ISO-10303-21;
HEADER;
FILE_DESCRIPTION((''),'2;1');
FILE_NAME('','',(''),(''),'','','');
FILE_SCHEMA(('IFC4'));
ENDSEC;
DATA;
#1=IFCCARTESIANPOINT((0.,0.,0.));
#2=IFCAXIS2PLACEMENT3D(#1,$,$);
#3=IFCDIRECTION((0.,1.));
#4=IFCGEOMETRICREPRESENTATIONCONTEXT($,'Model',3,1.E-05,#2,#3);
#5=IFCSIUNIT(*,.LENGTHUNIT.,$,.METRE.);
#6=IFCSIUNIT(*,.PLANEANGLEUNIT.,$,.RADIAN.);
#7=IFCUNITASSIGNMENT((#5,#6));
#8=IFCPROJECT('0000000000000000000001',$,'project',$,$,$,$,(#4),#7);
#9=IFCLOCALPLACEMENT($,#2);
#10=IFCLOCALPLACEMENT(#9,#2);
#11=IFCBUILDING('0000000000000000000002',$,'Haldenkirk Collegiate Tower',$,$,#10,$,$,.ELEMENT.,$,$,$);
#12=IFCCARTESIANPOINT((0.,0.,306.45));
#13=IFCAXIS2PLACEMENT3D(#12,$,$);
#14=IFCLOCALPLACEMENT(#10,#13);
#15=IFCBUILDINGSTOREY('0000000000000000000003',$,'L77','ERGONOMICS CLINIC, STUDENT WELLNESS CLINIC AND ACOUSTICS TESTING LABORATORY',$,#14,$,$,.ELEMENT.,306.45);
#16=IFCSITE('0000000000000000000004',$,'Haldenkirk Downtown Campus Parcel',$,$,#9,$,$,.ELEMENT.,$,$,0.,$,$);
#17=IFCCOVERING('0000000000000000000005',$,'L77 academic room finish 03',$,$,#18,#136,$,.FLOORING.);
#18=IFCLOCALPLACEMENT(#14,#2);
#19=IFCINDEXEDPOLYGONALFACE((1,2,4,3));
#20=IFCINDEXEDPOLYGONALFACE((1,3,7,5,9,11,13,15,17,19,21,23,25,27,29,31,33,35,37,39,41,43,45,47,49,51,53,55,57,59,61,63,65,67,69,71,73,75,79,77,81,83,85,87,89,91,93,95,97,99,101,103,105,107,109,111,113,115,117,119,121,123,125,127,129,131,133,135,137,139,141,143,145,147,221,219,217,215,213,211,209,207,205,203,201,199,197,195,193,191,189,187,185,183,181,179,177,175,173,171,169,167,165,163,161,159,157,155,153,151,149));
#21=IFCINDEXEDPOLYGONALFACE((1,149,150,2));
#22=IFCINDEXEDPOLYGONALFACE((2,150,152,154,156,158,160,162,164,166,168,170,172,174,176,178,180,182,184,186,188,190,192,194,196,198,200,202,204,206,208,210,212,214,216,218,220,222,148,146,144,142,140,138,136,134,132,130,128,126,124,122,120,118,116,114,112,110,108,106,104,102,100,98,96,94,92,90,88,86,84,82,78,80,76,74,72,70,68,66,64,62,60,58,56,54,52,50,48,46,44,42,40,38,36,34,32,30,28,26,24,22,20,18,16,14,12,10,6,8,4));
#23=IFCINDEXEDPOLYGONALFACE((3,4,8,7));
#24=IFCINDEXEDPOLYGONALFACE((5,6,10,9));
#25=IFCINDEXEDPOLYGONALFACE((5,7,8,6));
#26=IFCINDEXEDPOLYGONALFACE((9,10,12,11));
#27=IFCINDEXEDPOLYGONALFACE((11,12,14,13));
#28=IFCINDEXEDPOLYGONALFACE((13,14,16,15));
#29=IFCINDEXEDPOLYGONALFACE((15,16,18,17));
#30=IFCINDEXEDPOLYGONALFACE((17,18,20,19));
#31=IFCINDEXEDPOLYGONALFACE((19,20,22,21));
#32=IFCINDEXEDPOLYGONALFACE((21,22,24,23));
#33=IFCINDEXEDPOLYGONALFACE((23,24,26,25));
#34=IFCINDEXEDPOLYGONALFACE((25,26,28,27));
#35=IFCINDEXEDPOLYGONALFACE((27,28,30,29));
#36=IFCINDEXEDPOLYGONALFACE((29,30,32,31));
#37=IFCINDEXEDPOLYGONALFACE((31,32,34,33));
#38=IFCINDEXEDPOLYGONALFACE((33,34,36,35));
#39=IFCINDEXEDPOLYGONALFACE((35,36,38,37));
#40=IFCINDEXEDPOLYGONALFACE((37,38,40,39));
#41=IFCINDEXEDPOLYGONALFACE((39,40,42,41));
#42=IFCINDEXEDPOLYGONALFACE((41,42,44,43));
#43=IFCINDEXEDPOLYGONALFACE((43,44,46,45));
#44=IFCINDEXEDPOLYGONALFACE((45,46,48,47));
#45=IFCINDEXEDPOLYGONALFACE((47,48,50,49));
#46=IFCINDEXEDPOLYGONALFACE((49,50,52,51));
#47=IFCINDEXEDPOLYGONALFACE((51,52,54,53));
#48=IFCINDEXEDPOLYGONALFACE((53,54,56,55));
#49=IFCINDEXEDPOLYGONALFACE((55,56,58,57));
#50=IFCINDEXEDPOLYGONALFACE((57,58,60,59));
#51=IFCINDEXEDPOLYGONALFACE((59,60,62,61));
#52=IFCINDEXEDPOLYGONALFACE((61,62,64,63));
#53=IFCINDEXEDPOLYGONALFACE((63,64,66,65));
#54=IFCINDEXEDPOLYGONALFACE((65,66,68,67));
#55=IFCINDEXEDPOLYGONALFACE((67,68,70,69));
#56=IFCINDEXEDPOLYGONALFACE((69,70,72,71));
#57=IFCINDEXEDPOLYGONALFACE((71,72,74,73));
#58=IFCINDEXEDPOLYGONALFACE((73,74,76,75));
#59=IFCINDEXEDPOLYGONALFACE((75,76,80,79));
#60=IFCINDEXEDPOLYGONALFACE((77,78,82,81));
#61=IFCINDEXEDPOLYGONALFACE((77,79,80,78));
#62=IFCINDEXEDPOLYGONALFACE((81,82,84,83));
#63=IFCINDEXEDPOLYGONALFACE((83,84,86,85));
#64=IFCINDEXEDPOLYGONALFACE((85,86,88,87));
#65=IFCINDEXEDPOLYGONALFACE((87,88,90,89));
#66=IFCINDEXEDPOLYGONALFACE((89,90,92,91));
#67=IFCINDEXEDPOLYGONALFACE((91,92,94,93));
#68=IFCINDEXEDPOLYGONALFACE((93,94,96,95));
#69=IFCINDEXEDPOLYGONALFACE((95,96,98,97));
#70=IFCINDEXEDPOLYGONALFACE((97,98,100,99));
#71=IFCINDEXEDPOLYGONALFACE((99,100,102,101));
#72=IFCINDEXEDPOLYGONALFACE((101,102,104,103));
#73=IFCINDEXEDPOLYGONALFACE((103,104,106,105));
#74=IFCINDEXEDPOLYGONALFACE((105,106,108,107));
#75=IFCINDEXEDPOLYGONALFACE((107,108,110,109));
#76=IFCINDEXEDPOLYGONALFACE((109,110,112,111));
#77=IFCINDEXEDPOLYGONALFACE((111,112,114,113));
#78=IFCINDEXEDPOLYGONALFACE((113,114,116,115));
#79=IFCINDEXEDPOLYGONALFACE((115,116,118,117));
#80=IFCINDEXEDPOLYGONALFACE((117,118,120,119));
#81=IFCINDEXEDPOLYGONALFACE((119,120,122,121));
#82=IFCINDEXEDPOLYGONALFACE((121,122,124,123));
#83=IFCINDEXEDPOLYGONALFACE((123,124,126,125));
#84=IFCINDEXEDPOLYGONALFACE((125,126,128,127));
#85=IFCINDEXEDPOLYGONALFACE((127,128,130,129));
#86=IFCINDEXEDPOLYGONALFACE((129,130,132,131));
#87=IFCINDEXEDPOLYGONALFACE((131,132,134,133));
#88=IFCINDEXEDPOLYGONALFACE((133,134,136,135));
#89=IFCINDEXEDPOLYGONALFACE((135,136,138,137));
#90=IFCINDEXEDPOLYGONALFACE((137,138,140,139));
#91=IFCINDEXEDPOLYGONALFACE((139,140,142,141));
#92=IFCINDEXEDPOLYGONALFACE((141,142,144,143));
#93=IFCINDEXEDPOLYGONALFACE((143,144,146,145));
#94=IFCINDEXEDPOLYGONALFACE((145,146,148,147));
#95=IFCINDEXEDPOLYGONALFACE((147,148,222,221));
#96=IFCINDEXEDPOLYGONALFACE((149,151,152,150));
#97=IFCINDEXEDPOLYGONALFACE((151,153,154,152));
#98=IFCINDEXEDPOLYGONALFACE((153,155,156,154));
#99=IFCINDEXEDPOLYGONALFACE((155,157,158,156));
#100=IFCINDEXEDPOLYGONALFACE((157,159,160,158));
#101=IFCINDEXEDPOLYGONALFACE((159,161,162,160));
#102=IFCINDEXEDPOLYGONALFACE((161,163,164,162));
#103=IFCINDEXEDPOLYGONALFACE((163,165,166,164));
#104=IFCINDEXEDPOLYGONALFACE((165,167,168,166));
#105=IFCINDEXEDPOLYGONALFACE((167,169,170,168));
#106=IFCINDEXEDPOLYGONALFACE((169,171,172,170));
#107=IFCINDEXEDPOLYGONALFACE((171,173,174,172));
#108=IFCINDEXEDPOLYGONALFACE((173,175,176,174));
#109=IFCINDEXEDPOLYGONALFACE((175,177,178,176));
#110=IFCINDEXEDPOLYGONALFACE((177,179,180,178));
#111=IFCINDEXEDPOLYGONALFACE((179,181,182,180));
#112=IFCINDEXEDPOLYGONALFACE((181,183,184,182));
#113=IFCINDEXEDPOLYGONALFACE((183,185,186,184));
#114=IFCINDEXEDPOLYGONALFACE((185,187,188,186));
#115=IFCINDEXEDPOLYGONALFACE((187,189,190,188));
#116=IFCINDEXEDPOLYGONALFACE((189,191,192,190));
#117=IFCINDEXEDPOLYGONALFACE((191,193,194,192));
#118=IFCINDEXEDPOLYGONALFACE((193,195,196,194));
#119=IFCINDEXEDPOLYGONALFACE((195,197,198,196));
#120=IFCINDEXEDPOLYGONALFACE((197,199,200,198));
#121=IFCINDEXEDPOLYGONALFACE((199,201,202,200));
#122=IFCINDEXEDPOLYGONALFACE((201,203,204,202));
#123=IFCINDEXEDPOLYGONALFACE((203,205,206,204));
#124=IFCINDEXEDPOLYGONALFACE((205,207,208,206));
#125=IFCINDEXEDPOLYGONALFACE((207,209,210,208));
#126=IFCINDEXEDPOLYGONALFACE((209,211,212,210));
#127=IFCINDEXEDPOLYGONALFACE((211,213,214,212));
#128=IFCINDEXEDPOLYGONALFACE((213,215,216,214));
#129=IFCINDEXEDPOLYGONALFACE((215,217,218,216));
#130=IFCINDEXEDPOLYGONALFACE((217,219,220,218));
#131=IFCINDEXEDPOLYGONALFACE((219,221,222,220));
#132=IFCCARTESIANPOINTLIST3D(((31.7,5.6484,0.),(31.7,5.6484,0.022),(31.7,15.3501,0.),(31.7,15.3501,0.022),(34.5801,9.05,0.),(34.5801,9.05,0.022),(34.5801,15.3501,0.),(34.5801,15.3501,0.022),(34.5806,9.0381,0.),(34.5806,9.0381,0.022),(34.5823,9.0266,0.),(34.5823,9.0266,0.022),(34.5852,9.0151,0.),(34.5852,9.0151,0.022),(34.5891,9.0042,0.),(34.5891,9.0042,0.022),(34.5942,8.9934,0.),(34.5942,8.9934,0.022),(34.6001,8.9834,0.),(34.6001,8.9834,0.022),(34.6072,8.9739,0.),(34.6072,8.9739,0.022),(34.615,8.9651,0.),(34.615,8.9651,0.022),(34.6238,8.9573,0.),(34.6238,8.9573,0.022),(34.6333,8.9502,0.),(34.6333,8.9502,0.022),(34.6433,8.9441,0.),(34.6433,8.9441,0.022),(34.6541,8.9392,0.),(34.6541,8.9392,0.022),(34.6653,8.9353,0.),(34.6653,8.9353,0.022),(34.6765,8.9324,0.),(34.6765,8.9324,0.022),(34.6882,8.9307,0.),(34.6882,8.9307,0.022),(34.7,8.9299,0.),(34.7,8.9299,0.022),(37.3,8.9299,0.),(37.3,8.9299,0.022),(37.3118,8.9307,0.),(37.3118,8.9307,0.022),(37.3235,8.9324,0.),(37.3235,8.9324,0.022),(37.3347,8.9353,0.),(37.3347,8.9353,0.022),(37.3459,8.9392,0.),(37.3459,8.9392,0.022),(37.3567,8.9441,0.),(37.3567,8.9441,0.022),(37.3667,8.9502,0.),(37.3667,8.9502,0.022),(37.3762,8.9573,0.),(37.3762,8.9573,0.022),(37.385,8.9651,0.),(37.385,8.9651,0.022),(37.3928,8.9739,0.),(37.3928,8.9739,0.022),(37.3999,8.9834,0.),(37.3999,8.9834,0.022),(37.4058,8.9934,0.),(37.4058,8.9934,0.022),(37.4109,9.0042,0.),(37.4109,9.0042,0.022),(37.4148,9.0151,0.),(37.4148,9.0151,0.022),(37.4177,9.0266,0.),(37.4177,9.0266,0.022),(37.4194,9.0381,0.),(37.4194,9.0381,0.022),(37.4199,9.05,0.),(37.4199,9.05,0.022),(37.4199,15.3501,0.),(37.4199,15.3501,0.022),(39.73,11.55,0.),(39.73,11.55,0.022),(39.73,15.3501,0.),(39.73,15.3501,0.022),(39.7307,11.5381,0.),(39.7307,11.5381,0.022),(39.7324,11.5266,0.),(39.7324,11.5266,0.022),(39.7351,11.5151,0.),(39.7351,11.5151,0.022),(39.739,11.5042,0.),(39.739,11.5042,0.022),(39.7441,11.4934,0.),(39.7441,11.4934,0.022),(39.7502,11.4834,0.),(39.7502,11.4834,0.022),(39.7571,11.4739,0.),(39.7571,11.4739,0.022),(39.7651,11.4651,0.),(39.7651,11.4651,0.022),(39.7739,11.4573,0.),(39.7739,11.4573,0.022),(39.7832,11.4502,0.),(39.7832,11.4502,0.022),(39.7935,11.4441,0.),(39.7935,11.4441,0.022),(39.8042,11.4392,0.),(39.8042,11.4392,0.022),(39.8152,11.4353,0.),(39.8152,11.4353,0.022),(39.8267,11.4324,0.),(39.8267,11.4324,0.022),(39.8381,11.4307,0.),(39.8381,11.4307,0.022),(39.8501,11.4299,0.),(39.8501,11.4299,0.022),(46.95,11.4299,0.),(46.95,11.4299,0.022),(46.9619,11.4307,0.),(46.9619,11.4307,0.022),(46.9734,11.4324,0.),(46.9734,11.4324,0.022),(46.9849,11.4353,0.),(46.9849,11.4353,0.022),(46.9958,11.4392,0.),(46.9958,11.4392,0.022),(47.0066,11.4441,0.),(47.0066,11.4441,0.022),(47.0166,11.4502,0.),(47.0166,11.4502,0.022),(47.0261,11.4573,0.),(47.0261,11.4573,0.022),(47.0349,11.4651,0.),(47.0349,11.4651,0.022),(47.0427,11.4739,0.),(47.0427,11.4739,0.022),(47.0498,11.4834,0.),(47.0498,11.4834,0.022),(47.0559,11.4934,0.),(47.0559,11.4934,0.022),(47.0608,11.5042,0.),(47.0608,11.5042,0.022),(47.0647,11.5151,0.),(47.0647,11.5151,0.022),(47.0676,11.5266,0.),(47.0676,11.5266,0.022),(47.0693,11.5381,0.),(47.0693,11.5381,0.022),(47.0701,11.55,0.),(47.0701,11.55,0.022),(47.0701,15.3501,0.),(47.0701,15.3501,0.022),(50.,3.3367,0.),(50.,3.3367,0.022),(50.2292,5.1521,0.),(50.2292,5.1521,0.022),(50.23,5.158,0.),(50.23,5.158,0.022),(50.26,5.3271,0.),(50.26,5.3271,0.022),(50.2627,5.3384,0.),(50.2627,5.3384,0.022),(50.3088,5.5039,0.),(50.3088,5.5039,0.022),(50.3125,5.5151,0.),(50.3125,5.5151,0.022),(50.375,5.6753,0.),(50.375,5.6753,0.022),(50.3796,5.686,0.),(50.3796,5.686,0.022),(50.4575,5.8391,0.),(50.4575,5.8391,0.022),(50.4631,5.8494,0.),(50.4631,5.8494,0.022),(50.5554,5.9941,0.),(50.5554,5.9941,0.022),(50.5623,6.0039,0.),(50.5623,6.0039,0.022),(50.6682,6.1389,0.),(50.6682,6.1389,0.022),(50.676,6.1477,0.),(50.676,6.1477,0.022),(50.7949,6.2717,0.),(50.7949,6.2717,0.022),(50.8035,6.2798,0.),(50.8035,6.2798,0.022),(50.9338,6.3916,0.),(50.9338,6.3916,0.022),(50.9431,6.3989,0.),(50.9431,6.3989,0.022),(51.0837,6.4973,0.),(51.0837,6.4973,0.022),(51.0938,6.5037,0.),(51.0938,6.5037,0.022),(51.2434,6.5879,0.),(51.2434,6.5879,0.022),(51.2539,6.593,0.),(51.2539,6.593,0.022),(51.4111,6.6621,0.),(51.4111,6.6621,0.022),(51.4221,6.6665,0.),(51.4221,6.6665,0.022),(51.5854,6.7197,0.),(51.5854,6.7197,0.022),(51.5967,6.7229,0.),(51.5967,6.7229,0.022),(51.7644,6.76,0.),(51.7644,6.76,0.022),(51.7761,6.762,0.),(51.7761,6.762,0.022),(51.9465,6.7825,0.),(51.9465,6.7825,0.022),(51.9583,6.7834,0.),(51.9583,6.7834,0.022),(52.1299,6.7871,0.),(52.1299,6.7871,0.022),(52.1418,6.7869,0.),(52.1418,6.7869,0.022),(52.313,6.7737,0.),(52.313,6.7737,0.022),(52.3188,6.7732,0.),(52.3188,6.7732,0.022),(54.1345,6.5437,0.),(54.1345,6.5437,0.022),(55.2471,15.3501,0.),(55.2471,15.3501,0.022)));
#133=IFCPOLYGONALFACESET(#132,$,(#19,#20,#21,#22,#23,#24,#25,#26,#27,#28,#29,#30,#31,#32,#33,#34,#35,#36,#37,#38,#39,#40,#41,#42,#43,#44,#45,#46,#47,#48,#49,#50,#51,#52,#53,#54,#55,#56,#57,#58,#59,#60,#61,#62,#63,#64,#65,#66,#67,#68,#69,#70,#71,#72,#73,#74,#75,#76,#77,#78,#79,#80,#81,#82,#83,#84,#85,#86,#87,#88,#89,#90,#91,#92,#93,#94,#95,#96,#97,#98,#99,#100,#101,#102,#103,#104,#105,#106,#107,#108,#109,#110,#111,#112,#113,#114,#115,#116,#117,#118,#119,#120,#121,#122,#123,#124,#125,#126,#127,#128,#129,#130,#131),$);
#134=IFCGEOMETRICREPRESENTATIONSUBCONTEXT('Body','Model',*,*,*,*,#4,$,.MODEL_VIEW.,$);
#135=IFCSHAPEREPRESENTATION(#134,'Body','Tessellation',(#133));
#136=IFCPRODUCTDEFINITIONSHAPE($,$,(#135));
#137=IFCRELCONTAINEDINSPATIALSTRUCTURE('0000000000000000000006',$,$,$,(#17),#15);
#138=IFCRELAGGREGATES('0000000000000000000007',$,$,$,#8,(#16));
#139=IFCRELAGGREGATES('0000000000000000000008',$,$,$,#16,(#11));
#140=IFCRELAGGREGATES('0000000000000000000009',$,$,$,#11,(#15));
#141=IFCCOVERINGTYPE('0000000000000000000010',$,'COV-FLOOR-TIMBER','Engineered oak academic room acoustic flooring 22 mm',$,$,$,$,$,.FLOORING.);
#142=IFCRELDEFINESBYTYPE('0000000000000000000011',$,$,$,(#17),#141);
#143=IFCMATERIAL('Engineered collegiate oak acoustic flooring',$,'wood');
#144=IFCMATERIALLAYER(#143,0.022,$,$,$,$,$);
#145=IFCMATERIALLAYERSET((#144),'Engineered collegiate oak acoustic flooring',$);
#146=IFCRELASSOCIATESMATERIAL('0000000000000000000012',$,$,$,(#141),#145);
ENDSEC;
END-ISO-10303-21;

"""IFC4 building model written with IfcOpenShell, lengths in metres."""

from ifc_helpers import new_model, si_unit, direction, frame, origin, place, context, subcontext, project, spatial, polyline, outline, extrude, material, layer, layer_set, type_object, element, save


model = new_model("IFC4")

# Units and contexts
model_context = context("Model", 3, precision=1e-05, world=origin(), true_north=direction((0.0, 1.0)))
body_context = subcontext(model_context, "Body", "Model", "MODEL_VIEW")
ifc_project = project(units=[si_unit("LENGTHUNIT", "METRE"), si_unit("PLANEANGLEUNIT", "RADIAN")], contexts=[model_context])

# Site, building, storey
site_placement = place(None, origin())
site = spatial("IfcSite", under=ifc_project, at=site_placement, Name="Haldenkirk Downtown Campus Parcel", CompositionType="ELEMENT", RefElevation=0.0)
building_placement = place(site_placement, origin())
building = spatial("IfcBuilding", under=site, at=building_placement, Name="Haldenkirk Collegiate Tower", CompositionType="ELEMENT")
storey_placement = place(building_placement, frame((0.0, 0.0, 306.45)))
storey = spatial("IfcBuildingStorey", under=building, at=storey_placement, Name="L77", Description="ERGONOMICS CLINIC, STUDENT WELLNESS CLINIC AND ACOUSTICS TESTING LABORATORY", CompositionType="ELEMENT", Elevation=306.45)

# Covering
ifc_material_1 = material(Name="Engineered collegiate oak acoustic flooring", Category="wood")
ifc_layer_1 = layer(ifc_material_1, 0.022)
ifc_layer_set_1 = layer_set([ifc_layer_1], Name="Engineered collegiate oak acoustic flooring")
covering_type_1 = type_object("IfcCoveringType", Name="COV-FLOOR-TIMBER", Description="Engineered oak academic room acoustic flooring 22 mm", PredefinedType="FLOORING", material=ifc_layer_set_1)
covering_1_placement = place(storey_placement, origin())
element("IfcCovering", 1, at=covering_1_placement, inside=storey, type_object=covering_type_1, Name="L77 academic room finish 03", PredefinedType="FLOORING", context=body_context, shape_type="SweptSolid", body=[
    extrude(outline(polyline([(51.5967, 6.7229), (51.5854, 6.7197), (51.4221, 6.6665), (51.4111, 6.6621), (51.2539, 6.593), (51.2434, 6.5879), (51.0938, 6.5037), (51.0837, 6.4973), (50.9431, 6.3989), (50.9338, 6.3916), (50.8035, 6.2798), (50.7949, 6.2717), (50.676, 6.1477), (50.6682, 6.1389), (50.5623, 6.0039), (50.5554, 5.9941), (50.4631, 5.8494), (50.4575, 5.8391), (50.3796, 5.686), (50.375, 5.6753), (50.3125, 5.5151), (50.3088, 5.5039), (50.2627, 5.3384), (50.26, 5.3271), (50.23, 5.158), (50.2292, 5.1521), (50.0, 3.3367), (31.7, 5.6484), (31.7, 15.3501), (34.5801, 15.3501), (34.5801, 9.05), (34.5806, 9.0381), (34.5823, 9.0266), (34.5852, 9.0151), (34.5891, 9.0042), (34.5942, 8.9934), (34.6001, 8.9834), (34.6072, 8.9739), (34.615, 8.9651), (34.6238, 8.9573), (34.6333, 8.9502), (34.6433, 8.9441), (34.6541, 8.9392), (34.6653, 8.9353), (34.6765, 8.9324), (34.6882, 8.9307), (34.7, 8.9299), (37.3, 8.9299), (37.3118, 8.9307), (37.3235, 8.9324), (37.3347, 8.9353), (37.3459, 8.9392), (37.3567, 8.9441), (37.3667, 8.9502), (37.3762, 8.9573), (37.385, 8.9651), (37.3928, 8.9739), (37.3999, 8.9834), (37.4058, 8.9934), (37.4109, 9.0042), (37.4148, 9.0151), (37.4177, 9.0266), (37.4194, 9.0381), (37.4199, 9.05), (37.4199, 15.3501), (39.73, 15.3501), (39.73, 11.55), (39.7307, 11.5381), (39.7324, 11.5266), (39.7351, 11.5151), (39.739, 11.5042), (39.7441, 11.4934), (39.7502, 11.4834), (39.7571, 11.4739), (39.7651, 11.4651), (39.7739, 11.4573), (39.7832, 11.4502), (39.7935, 11.4441), (39.8042, 11.4392), (39.8152, 11.4353), (39.8267, 11.4324), (39.8381, 11.4307), (39.8501, 11.4299), (46.95, 11.4299), (46.9619, 11.4307), (46.9734, 11.4324), (46.9849, 11.4353), (46.9958, 11.4392), (47.0066, 11.4441), (47.0166, 11.4502), (47.0261, 11.4573), (47.0349, 11.4651), (47.0427, 11.4739), (47.0498, 11.4834), (47.0559, 11.4934), (47.0608, 11.5042), (47.0647, 11.5151), (47.0676, 11.5266), (47.0693, 11.5381), (47.0701, 11.55), (47.0701, 15.3501), (55.2471, 15.3501), (54.1345, 6.5437), (52.3188, 6.7732), (52.313, 6.7737), (52.1418, 6.7869), (52.1299, 6.7871), (51.9583, 6.7834), (51.9465, 6.7825), (51.7761, 6.762), (51.7644, 6.76), (51.5967, 6.7229)])), origin(), (0.0, 0.0, 1.0), 0.022),
])

save(model, "model.ifc")
